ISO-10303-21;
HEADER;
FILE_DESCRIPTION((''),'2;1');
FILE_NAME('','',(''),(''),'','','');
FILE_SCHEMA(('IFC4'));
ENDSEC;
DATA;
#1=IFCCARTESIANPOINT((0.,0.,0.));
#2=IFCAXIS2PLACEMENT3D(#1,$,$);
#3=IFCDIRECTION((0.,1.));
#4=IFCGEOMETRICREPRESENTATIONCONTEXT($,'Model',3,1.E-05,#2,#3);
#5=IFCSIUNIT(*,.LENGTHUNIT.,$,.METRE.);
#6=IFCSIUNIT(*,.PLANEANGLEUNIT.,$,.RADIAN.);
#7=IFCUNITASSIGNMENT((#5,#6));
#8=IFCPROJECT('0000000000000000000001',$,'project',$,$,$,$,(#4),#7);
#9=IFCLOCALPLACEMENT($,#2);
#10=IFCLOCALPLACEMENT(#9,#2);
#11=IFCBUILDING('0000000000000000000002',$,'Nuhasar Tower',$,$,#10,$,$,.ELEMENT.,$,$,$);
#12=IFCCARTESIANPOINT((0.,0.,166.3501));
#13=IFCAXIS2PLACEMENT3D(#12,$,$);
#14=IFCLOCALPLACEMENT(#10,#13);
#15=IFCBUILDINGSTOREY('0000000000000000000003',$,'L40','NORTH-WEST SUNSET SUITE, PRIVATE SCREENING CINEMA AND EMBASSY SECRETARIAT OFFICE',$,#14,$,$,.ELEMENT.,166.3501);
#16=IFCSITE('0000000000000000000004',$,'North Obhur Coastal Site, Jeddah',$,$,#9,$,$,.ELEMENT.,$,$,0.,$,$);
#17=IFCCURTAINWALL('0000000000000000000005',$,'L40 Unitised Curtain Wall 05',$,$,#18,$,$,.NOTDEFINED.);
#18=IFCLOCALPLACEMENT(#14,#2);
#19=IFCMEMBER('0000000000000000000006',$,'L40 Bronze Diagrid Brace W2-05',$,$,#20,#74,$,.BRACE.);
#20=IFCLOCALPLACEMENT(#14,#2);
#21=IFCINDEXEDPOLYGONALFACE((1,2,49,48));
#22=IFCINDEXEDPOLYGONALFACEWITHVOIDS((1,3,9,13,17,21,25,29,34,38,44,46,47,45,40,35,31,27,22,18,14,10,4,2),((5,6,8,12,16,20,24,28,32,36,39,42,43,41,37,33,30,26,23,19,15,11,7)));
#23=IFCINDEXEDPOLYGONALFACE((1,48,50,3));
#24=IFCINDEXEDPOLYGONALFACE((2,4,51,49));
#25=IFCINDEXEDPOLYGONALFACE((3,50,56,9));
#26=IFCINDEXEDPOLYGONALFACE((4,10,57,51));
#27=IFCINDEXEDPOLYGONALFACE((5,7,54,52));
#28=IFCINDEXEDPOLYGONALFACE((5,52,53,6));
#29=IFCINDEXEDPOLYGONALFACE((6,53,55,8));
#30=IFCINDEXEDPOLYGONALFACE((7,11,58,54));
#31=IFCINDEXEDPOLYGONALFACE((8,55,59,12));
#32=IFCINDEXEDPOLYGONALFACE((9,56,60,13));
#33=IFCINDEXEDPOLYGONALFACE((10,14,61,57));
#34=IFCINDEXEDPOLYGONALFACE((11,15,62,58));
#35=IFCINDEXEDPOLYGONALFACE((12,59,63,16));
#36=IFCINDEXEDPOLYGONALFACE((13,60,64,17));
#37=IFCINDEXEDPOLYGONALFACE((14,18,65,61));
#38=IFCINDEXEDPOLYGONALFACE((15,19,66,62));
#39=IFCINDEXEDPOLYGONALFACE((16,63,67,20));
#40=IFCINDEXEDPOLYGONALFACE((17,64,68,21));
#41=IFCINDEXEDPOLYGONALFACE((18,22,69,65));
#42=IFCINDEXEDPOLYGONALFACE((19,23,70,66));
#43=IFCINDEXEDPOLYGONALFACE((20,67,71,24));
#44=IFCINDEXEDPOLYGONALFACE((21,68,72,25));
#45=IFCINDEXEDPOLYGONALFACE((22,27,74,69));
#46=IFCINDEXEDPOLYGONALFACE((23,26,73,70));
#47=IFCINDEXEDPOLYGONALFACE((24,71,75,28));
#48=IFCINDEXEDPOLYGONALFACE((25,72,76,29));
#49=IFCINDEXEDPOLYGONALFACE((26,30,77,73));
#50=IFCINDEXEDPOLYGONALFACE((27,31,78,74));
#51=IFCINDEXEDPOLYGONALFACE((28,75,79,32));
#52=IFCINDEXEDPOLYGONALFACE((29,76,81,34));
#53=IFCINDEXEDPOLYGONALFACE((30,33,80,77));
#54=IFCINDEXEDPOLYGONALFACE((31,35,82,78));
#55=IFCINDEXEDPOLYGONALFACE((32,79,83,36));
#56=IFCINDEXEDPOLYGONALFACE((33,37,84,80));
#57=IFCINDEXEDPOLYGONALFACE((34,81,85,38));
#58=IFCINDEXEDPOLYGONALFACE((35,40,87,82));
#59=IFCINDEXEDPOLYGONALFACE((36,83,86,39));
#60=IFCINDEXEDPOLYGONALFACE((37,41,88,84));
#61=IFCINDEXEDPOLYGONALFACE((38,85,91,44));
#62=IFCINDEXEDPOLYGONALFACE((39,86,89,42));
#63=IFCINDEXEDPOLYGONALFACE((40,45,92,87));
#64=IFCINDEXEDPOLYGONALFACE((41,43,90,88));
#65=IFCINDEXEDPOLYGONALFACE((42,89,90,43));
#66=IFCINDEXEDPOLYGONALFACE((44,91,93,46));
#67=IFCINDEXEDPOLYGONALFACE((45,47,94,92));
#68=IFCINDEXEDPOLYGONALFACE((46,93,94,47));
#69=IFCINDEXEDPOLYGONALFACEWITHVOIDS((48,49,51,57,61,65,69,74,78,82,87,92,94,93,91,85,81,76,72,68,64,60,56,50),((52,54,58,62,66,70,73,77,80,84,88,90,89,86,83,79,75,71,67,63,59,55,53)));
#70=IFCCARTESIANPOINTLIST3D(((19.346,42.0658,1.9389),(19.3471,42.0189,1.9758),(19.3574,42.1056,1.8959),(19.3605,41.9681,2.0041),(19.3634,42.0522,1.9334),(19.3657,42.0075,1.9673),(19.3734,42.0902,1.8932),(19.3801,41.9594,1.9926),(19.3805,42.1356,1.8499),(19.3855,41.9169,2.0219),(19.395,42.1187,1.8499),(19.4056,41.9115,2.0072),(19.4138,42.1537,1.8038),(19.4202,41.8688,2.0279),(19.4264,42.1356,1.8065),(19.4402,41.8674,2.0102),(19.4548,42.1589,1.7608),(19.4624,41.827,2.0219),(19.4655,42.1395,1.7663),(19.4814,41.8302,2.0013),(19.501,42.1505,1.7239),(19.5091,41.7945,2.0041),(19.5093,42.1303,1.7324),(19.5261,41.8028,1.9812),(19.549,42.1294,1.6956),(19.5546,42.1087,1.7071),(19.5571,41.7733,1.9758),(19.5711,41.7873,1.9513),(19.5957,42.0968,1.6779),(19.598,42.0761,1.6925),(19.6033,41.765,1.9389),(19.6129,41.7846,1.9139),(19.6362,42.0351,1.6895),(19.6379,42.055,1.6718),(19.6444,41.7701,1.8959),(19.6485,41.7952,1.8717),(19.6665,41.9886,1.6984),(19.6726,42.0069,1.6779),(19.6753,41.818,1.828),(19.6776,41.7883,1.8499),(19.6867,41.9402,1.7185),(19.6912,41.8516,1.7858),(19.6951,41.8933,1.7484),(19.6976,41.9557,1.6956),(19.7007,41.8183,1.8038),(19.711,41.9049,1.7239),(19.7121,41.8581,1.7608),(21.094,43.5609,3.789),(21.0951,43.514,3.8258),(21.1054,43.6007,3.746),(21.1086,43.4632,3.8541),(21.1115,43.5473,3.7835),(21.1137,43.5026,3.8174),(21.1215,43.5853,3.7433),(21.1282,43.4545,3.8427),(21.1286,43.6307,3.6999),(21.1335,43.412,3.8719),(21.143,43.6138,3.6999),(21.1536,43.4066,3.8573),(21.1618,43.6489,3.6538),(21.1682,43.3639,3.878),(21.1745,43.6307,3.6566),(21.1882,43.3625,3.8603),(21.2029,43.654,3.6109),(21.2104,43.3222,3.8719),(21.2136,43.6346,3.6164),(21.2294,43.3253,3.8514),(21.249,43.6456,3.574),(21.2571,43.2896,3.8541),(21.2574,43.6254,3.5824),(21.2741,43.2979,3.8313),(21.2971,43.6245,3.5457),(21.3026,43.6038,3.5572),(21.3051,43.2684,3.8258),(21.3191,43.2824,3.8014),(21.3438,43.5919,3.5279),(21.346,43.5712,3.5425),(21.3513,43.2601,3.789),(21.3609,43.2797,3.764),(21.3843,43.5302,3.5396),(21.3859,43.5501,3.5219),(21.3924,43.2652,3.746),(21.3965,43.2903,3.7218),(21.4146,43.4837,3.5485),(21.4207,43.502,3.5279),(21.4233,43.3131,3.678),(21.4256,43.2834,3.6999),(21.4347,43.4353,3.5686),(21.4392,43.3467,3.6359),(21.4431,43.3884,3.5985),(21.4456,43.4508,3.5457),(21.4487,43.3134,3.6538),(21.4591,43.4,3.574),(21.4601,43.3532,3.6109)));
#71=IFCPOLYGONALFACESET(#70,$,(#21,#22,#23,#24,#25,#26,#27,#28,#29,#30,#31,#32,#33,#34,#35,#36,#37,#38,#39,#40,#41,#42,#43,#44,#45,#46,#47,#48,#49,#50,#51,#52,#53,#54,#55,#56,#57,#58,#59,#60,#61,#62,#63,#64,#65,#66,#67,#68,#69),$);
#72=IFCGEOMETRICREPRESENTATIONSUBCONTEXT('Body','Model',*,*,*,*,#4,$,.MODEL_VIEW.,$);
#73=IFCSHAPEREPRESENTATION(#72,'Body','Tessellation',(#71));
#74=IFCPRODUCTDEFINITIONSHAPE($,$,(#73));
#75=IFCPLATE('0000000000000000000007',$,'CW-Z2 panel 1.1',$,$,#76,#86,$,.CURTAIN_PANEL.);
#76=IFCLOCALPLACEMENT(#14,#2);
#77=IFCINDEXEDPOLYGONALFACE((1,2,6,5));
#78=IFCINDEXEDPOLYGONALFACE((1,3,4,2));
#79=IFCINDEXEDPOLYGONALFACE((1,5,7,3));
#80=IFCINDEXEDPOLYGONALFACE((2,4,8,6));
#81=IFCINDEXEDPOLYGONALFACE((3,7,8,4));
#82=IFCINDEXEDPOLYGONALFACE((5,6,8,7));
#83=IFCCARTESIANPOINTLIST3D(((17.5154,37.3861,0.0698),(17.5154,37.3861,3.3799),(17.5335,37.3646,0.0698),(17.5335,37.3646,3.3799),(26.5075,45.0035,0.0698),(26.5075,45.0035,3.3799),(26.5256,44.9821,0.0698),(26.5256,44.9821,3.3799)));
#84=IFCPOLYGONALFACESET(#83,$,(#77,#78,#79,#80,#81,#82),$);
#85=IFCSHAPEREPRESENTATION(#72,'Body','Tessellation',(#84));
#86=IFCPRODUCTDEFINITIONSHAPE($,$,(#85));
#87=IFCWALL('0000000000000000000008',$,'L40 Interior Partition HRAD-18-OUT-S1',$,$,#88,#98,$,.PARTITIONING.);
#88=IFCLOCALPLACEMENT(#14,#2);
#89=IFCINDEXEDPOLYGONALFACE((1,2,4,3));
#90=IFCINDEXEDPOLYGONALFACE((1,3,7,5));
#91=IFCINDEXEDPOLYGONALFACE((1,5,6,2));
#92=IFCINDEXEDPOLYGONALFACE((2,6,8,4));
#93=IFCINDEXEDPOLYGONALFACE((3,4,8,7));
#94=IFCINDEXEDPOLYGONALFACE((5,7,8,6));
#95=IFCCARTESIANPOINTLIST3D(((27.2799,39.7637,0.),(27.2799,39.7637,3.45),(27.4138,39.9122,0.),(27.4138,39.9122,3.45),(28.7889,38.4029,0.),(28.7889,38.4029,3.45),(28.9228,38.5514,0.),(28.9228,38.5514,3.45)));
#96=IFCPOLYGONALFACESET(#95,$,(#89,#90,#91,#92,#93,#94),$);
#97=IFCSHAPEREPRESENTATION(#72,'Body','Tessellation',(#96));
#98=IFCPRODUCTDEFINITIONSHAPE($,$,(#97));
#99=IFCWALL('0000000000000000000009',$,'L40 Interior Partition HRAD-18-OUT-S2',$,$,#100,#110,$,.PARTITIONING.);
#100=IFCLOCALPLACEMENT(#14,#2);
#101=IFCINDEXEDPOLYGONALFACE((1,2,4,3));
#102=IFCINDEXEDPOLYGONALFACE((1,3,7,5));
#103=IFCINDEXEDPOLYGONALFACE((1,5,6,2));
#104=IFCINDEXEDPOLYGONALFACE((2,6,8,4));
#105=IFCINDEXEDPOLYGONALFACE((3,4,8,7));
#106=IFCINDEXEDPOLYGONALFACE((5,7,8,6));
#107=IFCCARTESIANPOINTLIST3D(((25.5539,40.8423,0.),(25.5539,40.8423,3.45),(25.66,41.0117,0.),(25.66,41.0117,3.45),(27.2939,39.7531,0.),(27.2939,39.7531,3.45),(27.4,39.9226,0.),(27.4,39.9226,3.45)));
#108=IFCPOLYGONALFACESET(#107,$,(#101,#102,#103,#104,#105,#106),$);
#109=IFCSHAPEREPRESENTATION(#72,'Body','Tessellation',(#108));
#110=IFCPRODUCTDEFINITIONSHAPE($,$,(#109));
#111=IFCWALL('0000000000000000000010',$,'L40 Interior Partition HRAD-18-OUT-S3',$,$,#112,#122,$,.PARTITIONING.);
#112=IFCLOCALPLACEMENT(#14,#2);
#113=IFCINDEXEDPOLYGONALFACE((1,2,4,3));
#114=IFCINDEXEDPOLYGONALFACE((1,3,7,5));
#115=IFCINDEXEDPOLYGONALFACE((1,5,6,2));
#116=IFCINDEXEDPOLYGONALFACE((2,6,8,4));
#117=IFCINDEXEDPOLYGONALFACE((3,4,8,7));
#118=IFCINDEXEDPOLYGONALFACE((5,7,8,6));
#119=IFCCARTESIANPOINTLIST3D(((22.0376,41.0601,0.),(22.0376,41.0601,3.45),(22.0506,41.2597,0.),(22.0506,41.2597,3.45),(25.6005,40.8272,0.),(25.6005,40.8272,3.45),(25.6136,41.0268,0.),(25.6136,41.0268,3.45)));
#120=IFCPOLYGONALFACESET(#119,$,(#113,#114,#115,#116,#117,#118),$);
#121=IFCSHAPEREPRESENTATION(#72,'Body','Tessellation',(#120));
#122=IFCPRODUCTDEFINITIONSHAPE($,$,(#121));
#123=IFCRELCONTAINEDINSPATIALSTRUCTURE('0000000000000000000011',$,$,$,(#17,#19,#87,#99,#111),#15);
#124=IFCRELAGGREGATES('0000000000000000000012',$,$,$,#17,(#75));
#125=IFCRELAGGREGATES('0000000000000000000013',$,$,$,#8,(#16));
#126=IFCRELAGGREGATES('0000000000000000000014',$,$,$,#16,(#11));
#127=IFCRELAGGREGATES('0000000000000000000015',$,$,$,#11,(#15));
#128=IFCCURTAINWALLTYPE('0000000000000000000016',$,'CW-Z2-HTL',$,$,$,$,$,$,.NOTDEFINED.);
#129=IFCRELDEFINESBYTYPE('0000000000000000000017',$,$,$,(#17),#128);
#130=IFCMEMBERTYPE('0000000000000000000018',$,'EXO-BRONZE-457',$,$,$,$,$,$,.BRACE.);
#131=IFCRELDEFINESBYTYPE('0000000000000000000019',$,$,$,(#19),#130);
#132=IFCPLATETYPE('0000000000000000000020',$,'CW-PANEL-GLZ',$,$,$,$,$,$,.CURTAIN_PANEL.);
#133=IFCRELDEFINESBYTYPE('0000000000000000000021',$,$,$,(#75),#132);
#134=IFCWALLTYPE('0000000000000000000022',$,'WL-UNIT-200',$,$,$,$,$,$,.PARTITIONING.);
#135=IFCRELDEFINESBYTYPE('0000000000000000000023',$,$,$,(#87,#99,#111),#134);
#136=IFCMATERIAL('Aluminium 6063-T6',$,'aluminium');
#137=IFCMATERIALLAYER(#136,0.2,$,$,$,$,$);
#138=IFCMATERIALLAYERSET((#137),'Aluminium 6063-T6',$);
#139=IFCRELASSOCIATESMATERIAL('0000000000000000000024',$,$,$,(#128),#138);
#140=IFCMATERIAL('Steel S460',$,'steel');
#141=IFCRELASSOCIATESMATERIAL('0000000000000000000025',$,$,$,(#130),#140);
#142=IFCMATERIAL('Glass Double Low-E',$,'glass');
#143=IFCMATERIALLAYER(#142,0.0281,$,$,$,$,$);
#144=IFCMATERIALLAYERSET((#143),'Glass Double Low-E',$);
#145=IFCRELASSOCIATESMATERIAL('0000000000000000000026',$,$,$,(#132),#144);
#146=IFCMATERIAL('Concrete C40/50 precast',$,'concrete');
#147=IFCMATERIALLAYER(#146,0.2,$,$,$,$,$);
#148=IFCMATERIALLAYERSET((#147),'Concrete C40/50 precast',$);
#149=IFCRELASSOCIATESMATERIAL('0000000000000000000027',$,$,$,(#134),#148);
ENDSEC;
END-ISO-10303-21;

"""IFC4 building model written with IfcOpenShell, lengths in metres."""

from ifc_helpers import new_model, si_unit, direction, frame, frame_2d, origin, origin_2d, place, context, subcontext, project, spatial, rectangle, hollow_circle, extrude, material, layer, layer_set, material_profile, profile_set, type_object, element, aggregate, save


model = new_model("IFC4")

# Units and contexts
model_context = context("Model", 3, precision=1e-05, world=origin(), true_north=direction((0.0, 1.0)))
body_context = subcontext(model_context, "Body", "Model", "MODEL_VIEW")
ifc_project = project(units=[si_unit("LENGTHUNIT", "METRE"), si_unit("PLANEANGLEUNIT", "RADIAN")], contexts=[model_context])

# Site, building, storey
site_placement = place(None, origin())
site = spatial("IfcSite", under=ifc_project, at=site_placement, Name="North Obhur Coastal Site, Jeddah", CompositionType="ELEMENT", RefElevation=0.0)
building_placement = place(site_placement, origin())
building = spatial("IfcBuilding", under=site, at=building_placement, Name="Nuhasar Tower", CompositionType="ELEMENT")
storey_placement = place(building_placement, frame((0.0, 0.0, 166.3501)))
storey = spatial("IfcBuildingStorey", under=building, at=storey_placement, Name="L40", Description="NORTH-WEST SUNSET SUITE, PRIVATE SCREENING CINEMA AND EMBASSY SECRETARIAT OFFICE", CompositionType="ELEMENT", Elevation=166.3501)

# Shared definitions
ifc_material_1 = material(Name="Aluminium 6063-T6", Category="aluminium")
ifc_layer_1 = layer(ifc_material_1, 0.2)
ifc_layer_set_1 = layer_set([ifc_layer_1], Name="Aluminium 6063-T6")
curtain_wall_type = type_object("IfcCurtainWallType", Name="CW-Z2-HTL", PredefinedType="NOTDEFINED", material=ifc_layer_set_1)

# Curtain wall
curtain_wall_1_placement = place(storey_placement, origin())
curtain_wall_1 = element("IfcCurtainWall", 1, at=curtain_wall_1_placement, inside=storey, type_object=curtain_wall_type, Name="L40 Unitised Curtain Wall 05", PredefinedType="NOTDEFINED")

# Member
ifc_material_2 = material(Name="Steel S460", Category="steel")
ifc_material_profile_1 = material_profile(ifc_material_2, hollow_circle(Radius=0.2285, WallThickness=0.0222, at=origin_2d()), Name="HSS457X22.2")
ifc_profile_set_1 = profile_set([ifc_material_profile_1], Name="Steel S460")
member_type_1 = type_object("IfcMemberType", Name="EXO-BRONZE-457", PredefinedType="BRACE", material=ifc_profile_set_1)
member_1_placement = place(storey_placement, frame((19.5291, 41.9619, 1.8499), z_axis=(0.59217, 0.506488, 0.626741), x_axis=(-0.649987, 0.759945, 0.0)))
element("IfcMember", 2, at=member_1_placement, inside=storey, type_object=member_type_1, Name="L40 Bronze Diagrid Brace W2-05", PredefinedType="BRACE", context=body_context, shape_type="SweptSolid", body=[
    extrude(hollow_circle(Radius=0.2285, WallThickness=0.0222, at=origin_2d()), origin(), (0.0, 0.0, 1.0), 2.9519),
])

# Plate
ifc_material_3 = material(Name="Glass Double Low-E", Category="glass")
ifc_layer_2 = layer(ifc_material_3, 0.0281)
ifc_layer_set_2 = layer_set([ifc_layer_2], Name="Glass Double Low-E")
plate_type = type_object("IfcPlateType", Name="CW-PANEL-GLZ", PredefinedType="CURTAIN_PANEL", material=ifc_layer_set_2)
plate_placement = place(storey_placement, frame((22.0205, 41.1841, 0.0698), z_axis=(0.0, 0.0, 1.0), x_axis=(-0.76302, -0.646374, 0.0)))
plate = element("IfcPlate", 3, at=plate_placement, type_object=plate_type, Name="CW-Z2 panel 1.1", PredefinedType="CURTAIN_PANEL", context=body_context, shape_type="SweptSolid", body=[
    extrude(rectangle(XDim=11.7849, YDim=0.0281, at=origin_2d()), origin(), (0.0, 0.0, 1.0), 3.3101),
])
aggregate(curtain_wall_1, [plate])

# Walls
ifc_material_4 = material(Name="Concrete C40/50 precast", Category="concrete")
ifc_layer_3 = layer(ifc_material_4, 0.2)
ifc_layer_set_3 = layer_set([ifc_layer_3], Name="Concrete C40/50 precast")
wall_type = type_object("IfcWallType", Name="WL-UNIT-200", PredefinedType="PARTITIONING", material=ifc_layer_set_3)
wall_1_placement = place(storey_placement, frame((28.856, 38.4771, 0.0), z_axis=(0.0, 0.0, 1.0), x_axis=(-0.742631, 0.669701, 0.0)))
element("IfcWall", 4, at=wall_1_placement, inside=storey, type_object=wall_type, Name="L40 Interior Partition HRAD-18-OUT-S1", PredefinedType="PARTITIONING", context=body_context, shape_type="SweptSolid", body=[
    extrude(rectangle(XDim=2.032, YDim=0.2, at=frame_2d((1.0161, 0.0))), origin(), (0.0, 0.0, 1.0), 3.45),
])
wall_2_placement = place(storey_placement, frame((27.3469, 39.8379, 0.0), z_axis=(0.0, 0.0, 1.0), x_axis=(-0.847644, 0.530565, 0.0)))
element("IfcWall", 5, at=wall_2_placement, inside=storey, type_object=wall_type, Name="L40 Interior Partition HRAD-18-OUT-S2", PredefinedType="PARTITIONING", context=body_context, shape_type="SweptSolid", body=[
    extrude(rectangle(XDim=2.0527, YDim=0.2, at=frame_2d((1.0264, 0.0))), origin(), (0.0, 0.0, 1.0), 3.45),
])
wall_3_placement = place(storey_placement, frame((25.6069, 40.927, 0.0), z_axis=(0.0, 0.0, 1.0), x_axis=(-0.99787, 0.06523, 0.0)))
element("IfcWall", 6, at=wall_3_placement, inside=storey, type_object=wall_type, Name="L40 Interior Partition HRAD-18-OUT-S3", PredefinedType="PARTITIONING", context=body_context, shape_type="SweptSolid", body=[
    extrude(rectangle(XDim=3.5706, YDim=0.2, at=frame_2d((1.7852, 0.0))), origin(), (0.0, 0.0, 1.0), 3.45),
])

save(model, "model.ifc")
